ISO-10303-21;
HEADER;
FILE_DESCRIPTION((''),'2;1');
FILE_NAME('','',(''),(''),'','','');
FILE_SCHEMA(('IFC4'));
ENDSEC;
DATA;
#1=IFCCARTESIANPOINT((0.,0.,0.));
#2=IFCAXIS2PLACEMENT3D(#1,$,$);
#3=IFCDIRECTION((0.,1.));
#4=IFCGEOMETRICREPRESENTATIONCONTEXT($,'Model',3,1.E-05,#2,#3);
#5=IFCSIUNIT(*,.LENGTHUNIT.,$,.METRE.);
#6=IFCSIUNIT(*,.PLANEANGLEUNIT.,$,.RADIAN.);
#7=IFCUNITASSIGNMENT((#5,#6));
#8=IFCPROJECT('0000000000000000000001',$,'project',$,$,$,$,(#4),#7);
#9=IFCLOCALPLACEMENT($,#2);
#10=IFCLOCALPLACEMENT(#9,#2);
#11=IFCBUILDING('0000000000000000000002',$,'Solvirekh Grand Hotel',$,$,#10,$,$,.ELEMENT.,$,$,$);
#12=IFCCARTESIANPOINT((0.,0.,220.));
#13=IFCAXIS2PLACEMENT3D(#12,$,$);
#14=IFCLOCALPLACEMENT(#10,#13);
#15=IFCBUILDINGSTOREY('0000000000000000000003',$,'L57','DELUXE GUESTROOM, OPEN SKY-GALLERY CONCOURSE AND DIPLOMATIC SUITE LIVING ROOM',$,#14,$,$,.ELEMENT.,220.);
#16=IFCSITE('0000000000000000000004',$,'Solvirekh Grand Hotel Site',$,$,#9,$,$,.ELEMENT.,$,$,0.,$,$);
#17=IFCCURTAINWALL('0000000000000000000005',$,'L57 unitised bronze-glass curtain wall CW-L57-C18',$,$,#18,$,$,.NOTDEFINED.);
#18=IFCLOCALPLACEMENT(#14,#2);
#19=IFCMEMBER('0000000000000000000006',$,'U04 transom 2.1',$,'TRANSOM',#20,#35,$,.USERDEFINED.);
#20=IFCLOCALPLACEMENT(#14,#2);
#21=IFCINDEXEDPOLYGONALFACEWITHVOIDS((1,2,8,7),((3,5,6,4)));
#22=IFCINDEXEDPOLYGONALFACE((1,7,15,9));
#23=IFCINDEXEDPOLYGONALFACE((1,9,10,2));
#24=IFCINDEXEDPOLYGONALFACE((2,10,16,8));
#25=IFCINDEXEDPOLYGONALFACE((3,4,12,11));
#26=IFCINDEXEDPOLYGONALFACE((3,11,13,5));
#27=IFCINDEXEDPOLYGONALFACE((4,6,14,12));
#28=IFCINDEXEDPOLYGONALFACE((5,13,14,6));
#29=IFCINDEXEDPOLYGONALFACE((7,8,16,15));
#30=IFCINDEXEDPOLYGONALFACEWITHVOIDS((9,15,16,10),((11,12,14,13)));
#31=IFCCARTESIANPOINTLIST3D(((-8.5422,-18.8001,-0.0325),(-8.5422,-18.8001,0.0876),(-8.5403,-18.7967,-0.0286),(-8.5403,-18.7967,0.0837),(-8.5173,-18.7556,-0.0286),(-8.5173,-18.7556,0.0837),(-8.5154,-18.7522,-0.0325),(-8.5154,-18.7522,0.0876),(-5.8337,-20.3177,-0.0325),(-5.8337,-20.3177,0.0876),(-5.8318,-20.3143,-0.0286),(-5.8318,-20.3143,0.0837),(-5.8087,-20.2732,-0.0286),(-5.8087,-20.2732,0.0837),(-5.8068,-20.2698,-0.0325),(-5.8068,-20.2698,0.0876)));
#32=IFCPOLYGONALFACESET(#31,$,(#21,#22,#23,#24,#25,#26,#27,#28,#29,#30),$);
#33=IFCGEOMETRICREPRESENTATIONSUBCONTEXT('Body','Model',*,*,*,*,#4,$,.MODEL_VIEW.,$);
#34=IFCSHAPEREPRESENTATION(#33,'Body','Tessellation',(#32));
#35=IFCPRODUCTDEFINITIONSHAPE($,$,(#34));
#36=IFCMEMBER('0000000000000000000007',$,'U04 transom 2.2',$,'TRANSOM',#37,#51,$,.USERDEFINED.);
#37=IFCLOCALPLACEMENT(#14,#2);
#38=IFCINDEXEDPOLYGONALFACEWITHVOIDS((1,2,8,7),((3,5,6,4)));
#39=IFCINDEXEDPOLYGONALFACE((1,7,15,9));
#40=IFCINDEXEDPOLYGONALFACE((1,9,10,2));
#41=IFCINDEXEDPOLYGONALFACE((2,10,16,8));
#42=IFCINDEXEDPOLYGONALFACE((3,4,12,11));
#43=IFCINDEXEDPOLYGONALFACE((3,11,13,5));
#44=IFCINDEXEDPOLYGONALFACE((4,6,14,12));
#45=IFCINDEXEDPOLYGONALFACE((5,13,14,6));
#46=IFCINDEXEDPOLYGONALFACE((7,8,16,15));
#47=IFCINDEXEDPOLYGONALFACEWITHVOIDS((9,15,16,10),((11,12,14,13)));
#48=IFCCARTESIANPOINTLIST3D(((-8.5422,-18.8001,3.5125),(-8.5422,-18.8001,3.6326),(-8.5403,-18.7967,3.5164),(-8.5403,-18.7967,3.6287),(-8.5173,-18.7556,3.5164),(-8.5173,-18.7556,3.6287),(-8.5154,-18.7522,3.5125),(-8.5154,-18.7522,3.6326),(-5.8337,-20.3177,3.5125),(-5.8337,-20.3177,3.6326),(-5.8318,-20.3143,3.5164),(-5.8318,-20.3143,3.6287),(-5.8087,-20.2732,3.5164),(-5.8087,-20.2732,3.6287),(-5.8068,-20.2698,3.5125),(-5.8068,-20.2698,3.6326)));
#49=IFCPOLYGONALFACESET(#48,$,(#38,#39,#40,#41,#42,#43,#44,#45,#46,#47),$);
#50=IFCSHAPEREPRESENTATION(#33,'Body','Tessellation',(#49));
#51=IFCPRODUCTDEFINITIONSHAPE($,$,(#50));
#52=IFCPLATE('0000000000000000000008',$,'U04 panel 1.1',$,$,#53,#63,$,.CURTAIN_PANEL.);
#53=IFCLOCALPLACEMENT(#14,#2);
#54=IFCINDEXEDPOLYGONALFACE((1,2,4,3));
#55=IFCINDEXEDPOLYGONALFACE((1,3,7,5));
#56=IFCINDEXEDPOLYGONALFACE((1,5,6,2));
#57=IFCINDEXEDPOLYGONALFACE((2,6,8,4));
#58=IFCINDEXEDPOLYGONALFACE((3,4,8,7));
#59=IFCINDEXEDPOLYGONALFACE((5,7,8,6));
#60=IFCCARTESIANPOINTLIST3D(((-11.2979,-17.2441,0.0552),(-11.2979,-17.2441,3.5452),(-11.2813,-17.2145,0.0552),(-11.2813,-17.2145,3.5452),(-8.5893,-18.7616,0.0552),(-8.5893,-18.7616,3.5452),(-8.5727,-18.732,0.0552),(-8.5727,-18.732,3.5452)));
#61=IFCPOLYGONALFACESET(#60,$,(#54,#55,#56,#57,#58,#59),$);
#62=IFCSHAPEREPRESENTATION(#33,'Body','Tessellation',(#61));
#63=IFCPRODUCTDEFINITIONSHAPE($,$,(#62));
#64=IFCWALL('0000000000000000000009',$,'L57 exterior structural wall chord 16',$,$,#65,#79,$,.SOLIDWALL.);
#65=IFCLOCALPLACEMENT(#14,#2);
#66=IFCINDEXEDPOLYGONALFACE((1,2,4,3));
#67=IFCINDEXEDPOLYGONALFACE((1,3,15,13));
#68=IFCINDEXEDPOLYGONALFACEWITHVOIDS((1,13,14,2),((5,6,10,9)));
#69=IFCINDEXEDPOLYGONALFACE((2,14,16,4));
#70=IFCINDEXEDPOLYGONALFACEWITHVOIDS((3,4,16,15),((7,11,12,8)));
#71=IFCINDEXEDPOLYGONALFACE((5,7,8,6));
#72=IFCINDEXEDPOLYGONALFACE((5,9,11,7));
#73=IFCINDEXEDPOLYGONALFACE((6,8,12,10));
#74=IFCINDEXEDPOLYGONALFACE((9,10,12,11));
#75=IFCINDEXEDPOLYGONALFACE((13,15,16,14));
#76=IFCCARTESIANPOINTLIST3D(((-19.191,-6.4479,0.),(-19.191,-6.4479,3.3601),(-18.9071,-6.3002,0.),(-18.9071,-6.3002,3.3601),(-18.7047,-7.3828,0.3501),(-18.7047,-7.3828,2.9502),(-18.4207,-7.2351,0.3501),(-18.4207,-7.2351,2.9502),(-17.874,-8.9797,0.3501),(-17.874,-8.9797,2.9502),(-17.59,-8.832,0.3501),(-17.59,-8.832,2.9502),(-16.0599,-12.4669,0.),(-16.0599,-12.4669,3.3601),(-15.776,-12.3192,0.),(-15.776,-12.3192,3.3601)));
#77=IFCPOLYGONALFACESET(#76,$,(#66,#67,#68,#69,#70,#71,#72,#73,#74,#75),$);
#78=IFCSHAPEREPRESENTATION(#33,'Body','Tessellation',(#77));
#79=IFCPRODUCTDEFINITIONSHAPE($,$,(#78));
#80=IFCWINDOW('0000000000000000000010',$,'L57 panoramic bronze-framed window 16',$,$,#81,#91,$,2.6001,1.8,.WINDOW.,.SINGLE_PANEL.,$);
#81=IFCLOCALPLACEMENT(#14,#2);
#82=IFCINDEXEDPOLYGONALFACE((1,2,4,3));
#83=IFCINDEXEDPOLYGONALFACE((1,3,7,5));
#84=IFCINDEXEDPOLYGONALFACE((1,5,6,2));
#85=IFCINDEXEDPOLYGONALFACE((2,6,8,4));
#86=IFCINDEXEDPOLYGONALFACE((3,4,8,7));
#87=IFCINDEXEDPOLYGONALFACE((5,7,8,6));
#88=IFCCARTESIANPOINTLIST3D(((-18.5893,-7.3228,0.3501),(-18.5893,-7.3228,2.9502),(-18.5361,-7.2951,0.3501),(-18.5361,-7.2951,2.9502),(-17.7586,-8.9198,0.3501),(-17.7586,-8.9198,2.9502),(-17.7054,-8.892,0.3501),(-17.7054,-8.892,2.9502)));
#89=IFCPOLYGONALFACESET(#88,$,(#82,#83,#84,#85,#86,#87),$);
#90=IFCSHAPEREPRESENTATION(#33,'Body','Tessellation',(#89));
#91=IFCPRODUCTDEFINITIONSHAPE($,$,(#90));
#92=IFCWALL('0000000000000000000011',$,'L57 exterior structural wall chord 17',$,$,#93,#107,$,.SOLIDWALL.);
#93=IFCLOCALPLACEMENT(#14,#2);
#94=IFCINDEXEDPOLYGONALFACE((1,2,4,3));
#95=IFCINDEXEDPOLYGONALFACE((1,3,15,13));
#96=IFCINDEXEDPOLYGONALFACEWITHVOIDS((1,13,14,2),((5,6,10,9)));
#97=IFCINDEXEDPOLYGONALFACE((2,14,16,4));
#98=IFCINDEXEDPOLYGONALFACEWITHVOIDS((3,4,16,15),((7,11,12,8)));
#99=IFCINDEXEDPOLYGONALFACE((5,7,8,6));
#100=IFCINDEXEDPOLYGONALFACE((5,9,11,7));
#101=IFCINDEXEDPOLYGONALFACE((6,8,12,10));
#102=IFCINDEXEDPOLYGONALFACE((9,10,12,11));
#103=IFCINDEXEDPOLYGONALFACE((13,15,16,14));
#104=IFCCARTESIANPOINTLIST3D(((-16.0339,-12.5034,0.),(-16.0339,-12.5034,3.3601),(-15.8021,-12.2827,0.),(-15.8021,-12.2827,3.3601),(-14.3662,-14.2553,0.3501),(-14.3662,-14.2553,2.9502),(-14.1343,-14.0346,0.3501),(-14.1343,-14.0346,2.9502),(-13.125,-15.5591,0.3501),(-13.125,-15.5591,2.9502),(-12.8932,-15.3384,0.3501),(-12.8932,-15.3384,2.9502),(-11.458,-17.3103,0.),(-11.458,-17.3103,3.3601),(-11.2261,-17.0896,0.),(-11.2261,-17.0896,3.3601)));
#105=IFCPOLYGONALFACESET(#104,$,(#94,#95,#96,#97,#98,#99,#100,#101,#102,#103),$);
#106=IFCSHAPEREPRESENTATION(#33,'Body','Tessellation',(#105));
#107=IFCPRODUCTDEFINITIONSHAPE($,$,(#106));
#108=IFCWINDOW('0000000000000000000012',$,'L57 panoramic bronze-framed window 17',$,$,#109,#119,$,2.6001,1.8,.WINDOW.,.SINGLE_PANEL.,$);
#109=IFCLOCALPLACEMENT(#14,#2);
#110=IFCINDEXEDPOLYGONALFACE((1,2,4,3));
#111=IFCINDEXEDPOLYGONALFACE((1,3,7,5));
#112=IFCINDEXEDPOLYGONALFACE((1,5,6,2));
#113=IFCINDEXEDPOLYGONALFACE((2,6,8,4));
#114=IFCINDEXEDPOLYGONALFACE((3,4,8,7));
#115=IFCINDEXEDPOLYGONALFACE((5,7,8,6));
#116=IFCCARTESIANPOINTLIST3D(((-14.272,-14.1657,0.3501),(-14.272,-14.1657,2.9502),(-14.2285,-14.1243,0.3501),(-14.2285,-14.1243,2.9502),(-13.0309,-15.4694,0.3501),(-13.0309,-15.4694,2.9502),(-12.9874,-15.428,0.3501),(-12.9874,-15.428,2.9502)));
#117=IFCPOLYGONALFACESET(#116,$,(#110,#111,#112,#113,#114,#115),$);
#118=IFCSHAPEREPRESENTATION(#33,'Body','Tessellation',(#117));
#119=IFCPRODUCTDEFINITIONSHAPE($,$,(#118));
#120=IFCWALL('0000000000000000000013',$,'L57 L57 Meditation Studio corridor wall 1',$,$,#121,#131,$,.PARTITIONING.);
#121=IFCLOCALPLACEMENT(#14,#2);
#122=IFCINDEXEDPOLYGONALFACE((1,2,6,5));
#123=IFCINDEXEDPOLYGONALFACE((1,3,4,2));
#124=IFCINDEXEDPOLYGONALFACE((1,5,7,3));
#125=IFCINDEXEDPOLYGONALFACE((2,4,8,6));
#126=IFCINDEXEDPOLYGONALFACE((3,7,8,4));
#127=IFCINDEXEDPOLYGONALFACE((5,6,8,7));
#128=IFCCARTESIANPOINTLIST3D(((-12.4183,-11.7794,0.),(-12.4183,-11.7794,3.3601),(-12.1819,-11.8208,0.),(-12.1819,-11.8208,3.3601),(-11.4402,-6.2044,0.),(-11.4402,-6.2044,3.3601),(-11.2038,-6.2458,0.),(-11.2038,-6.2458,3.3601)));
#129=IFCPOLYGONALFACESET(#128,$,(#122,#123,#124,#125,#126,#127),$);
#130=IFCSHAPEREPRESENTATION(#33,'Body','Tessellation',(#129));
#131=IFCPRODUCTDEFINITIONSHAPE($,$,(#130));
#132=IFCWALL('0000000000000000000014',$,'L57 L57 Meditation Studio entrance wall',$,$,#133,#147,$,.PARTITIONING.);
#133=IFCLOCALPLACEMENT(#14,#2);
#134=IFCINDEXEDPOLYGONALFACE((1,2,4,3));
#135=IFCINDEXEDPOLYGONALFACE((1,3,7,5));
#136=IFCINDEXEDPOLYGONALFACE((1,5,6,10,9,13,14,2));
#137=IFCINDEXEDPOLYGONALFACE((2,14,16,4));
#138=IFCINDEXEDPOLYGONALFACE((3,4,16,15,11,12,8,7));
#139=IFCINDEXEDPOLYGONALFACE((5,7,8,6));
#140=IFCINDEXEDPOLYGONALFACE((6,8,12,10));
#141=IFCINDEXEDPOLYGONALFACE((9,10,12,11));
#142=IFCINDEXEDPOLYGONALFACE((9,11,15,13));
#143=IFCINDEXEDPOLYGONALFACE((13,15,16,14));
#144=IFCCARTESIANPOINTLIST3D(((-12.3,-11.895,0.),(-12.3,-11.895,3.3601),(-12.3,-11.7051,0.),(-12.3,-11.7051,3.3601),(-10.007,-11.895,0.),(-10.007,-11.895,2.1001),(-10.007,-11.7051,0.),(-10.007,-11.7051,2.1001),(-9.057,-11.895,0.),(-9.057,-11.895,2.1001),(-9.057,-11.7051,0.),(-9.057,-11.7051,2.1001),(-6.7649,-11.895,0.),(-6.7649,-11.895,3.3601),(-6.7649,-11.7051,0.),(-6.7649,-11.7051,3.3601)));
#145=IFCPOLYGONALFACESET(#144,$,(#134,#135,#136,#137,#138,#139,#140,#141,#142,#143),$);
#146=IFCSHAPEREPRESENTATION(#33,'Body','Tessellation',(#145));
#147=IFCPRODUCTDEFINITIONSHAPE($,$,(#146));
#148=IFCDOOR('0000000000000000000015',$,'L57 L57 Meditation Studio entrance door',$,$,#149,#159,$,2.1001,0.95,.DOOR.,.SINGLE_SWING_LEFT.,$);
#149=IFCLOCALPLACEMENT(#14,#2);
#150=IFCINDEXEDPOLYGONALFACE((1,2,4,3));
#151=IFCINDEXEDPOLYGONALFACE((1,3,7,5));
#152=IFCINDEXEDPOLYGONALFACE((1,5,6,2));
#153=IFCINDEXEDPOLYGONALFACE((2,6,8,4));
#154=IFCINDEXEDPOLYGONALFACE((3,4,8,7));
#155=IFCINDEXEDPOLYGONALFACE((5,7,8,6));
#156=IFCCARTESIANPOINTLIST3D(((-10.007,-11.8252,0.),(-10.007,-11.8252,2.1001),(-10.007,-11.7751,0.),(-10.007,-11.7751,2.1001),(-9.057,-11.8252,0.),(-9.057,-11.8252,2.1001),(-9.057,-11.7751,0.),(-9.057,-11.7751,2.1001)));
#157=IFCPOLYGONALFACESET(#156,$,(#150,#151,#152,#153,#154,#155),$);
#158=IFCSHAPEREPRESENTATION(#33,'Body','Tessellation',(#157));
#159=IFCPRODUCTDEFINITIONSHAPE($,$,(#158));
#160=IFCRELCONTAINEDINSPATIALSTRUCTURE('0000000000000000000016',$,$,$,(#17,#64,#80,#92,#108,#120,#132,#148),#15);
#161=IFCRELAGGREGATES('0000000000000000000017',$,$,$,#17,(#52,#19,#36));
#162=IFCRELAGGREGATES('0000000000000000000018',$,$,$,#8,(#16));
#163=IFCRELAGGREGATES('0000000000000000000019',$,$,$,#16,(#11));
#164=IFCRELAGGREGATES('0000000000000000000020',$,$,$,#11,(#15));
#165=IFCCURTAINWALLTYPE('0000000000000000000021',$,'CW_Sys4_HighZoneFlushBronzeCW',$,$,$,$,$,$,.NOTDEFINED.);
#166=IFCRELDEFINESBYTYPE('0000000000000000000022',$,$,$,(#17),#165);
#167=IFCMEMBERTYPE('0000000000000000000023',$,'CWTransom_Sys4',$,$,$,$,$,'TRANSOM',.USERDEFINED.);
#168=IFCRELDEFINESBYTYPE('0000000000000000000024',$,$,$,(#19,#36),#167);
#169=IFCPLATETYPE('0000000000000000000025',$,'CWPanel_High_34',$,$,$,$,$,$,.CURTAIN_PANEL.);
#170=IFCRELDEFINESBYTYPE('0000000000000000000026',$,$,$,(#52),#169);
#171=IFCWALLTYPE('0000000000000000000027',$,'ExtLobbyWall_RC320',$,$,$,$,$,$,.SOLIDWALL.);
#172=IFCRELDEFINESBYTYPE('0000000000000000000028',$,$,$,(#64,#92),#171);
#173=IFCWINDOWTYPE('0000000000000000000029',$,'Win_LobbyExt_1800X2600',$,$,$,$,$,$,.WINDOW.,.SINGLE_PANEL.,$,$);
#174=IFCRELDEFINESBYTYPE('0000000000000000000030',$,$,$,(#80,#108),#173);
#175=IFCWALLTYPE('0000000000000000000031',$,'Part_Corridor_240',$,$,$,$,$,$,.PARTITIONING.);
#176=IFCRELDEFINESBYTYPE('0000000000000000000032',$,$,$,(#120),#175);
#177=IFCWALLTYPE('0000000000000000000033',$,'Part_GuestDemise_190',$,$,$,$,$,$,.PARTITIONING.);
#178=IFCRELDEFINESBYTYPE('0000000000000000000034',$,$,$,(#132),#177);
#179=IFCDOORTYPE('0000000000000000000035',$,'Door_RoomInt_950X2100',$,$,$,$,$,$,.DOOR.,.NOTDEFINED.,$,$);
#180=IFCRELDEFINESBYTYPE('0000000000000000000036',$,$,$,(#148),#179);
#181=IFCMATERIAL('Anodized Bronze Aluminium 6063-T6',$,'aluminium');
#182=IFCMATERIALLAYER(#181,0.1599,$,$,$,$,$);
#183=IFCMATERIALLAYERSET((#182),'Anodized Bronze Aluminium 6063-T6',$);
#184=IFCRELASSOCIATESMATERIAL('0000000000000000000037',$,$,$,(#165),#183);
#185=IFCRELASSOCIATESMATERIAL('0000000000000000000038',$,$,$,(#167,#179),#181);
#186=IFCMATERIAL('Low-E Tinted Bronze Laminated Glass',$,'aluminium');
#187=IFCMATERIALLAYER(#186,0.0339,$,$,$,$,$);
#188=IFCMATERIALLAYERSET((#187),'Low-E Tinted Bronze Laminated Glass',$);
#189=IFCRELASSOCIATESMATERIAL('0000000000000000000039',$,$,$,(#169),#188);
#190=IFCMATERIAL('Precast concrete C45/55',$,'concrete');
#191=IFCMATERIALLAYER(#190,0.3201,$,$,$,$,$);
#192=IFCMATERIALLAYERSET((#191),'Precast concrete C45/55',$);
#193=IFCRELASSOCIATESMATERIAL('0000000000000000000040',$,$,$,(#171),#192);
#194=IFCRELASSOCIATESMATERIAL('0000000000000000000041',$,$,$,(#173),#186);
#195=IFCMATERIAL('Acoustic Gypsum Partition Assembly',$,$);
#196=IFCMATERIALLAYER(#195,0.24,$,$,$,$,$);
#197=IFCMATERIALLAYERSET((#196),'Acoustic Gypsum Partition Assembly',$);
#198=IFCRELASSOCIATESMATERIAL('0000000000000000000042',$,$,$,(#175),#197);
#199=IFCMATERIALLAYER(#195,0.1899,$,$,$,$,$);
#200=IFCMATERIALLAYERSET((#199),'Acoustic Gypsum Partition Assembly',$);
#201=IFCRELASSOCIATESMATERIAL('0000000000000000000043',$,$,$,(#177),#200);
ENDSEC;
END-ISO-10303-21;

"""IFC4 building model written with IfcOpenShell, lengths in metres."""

from ifc_helpers import new_model, si_unit, direction, frame, frame_2d, origin, origin_2d, place, context, subcontext, project, spatial, rectangle, hollow_rectangle, extrude, source, transform, mapped, material, layer, layer_set, material_profile, profile_set, type_object, element, fill, aggregate, save


model = new_model("IFC4")

# Units and contexts
model_context = context("Model", 3, precision=1e-05, world=origin(), true_north=direction((0.0, 1.0)))
body_context = subcontext(model_context, "Body", "Model", "MODEL_VIEW")
ifc_project = project(units=[si_unit("LENGTHUNIT", "METRE"), si_unit("PLANEANGLEUNIT", "RADIAN")], contexts=[model_context])

# Site, building, storey
site_placement = place(None, origin())
site = spatial("IfcSite", under=ifc_project, at=site_placement, Name="Solvirekh Grand Hotel Site", CompositionType="ELEMENT", RefElevation=0.0)
building_placement = place(site_placement, origin())
building = spatial("IfcBuilding", under=site, at=building_placement, Name="Solvirekh Grand Hotel", CompositionType="ELEMENT")
storey_placement = place(building_placement, frame((0.0, 0.0, 220.0)))
storey = spatial("IfcBuildingStorey", under=building, at=storey_placement, Name="L57", Description="DELUXE GUESTROOM, OPEN SKY-GALLERY CONCOURSE AND DIPLOMATIC SUITE LIVING ROOM", CompositionType="ELEMENT", Elevation=220.0)

# Shared definitions
ifc_material_1 = material(Name="Anodized Bronze Aluminium 6063-T6", Category="aluminium")
ifc_layer_1 = layer(ifc_material_1, 0.1599)
ifc_layer_set_1 = layer_set([ifc_layer_1], Name="Anodized Bronze Aluminium 6063-T6")
curtain_wall_type = type_object("IfcCurtainWallType", Name="CW_Sys4_HighZoneFlushBronzeCW", PredefinedType="NOTDEFINED", material=ifc_layer_set_1)

# Curtain wall, members, plate
curtain_wall_1_placement = place(storey_placement, origin())
curtain_wall_1 = element("IfcCurtainWall", 1, at=curtain_wall_1_placement, inside=storey, type_object=curtain_wall_type, Name="L57 unitised bronze-glass curtain wall CW-L57-C18", PredefinedType="NOTDEFINED")
ifc_material_profile_1 = material_profile(ifc_material_1, hollow_rectangle(XDim=0.0549, YDim=0.1201, WallThickness=0.0039, at=origin_2d()), Name="ALU RHS 120X55X4")
ifc_profile_set_1 = profile_set([ifc_material_profile_1], Name="Anodized Bronze Aluminium 6063-T6")
member_type_1 = type_object("IfcMemberType", Name="CWTransom_Sys4", ElementType="TRANSOM", PredefinedType="USERDEFINED", material=ifc_profile_set_1)
shared_shape_1 = source(origin(), body_context, "Body", "SweptSolid", [
    extrude(hollow_rectangle(XDim=0.0549, YDim=0.1201, WallThickness=0.0039, at=origin_2d()), origin(), (0.0, 0.0, 1.0), 3.1047),
])
member_1_placement = place(storey_placement, frame((-8.5288, -18.7761, 0.0276), z_axis=(0.872393, -0.488804, 0.0), x_axis=(0.488804, 0.872393, 0.0)))
member_1 = element("IfcMember", 2, at=member_1_placement, type_object=member_type_1, Name="U04 transom 2.1", ObjectType="TRANSOM", PredefinedType="USERDEFINED", context=body_context, shape_type="MappedRepresentation", body=[
    mapped(shared_shape_1, transform((0.0, 0.0, 0.0), x_axis=(1.0, 0.0, 0.0), y_axis=(0.0, 1.0, 0.0), z_axis=(0.0, 0.0, 1.0), scale=1.0)),
])
member_2_placement = place(storey_placement, frame((-8.5288, -18.7761, 3.5725), z_axis=(0.872393, -0.488804, 0.0), x_axis=(0.488804, 0.872393, 0.0)))
member_2 = element("IfcMember", 3, at=member_2_placement, type_object=member_type_1, Name="U04 transom 2.2", ObjectType="TRANSOM", PredefinedType="USERDEFINED", context=body_context, shape_type="MappedRepresentation", body=[
    mapped(shared_shape_1, transform((0.0, 0.0, 0.0), x_axis=(1.0, 0.0, 0.0), y_axis=(0.0, 1.0, 0.0), z_axis=(0.0, 0.0, 1.0), scale=1.0)),
])
ifc_material_2 = material(Name="Low-E Tinted Bronze Laminated Glass", Category="aluminium")
ifc_layer_2 = layer(ifc_material_2, 0.0339)
ifc_layer_set_2 = layer_set([ifc_layer_2], Name="Low-E Tinted Bronze Laminated Glass")
plate_type = type_object("IfcPlateType", Name="CWPanel_High_34", PredefinedType="CURTAIN_PANEL", material=ifc_layer_set_2)
shared_shape_2 = source(origin(), body_context, "Body", "SweptSolid", [
    extrude(rectangle(XDim=3.1047, YDim=0.0339, at=origin_2d()), origin(), (0.0, 0.0, 1.0), 3.49),
])
plate_placement = place(storey_placement, frame((-9.9353, -17.988, 0.0552), z_axis=(0.0, 0.0, 1.0), x_axis=(0.872402, -0.488789, 0.0)))
plate = element("IfcPlate", 4, at=plate_placement, type_object=plate_type, Name="U04 panel 1.1", PredefinedType="CURTAIN_PANEL", context=body_context, shape_type="MappedRepresentation", body=[
    mapped(shared_shape_2, transform((0.0, 0.0, 0.0), x_axis=(1.0, 0.0, 0.0), y_axis=(0.0, 1.0, 0.0), z_axis=(0.0, 0.0, 1.0), scale=1.0)),
])
aggregate(curtain_wall_1, [plate, member_1, member_2])

# Walls, openings, windows
ifc_material_3 = material(Name="Precast concrete C45/55", Category="concrete")
ifc_layer_3 = layer(ifc_material_3, 0.3201)
ifc_layer_set_3 = layer_set([ifc_layer_3], Name="Precast concrete C45/55")
wall_type_1 = type_object("IfcWallType", Name="ExtLobbyWall_RC320", PredefinedType="SOLIDWALL", material=ifc_layer_set_3)
wall_1_placement = place(storey_placement, frame((-15.918, -12.3931, 0.0), z_axis=(0.0, 0.0, 1.0), x_axis=(-0.461492, 0.887144, 0.0)))
wall_1 = element("IfcWall", 5, at=wall_1_placement, inside=storey, type_object=wall_type_1, Name="L57 exterior structural wall chord 16", PredefinedType="SOLIDWALL", context=body_context, shape_type="SweptSolid", body=[
    extrude(rectangle(XDim=6.7847, YDim=0.3201, at=frame_2d((3.3923, 0.0))), origin(), (0.0, 0.0, 1.0), 3.3601),
])
opening_1_placement = place(wall_1_placement, frame((3.9309, 0.0, 0.3501)))
opening_1 = element("IfcOpeningElement", 6, at=opening_1_placement, cuts=wall_1, PredefinedType="OPENING", context=body_context, shape_type="SweptSolid", body=[
    extrude(rectangle(XDim=1.8, YDim=2.6001, at=frame_2d((0.8999, 1.3))), frame((0.0, 0.1699, 0.0), z_axis=(0.0, -1.0, 0.0), x_axis=(1.0, 0.0, 0.0)), (0.0, 0.0, 1.0), 0.3401),
])
window_type = type_object("IfcWindowType", Name="Win_LobbyExt_1800X2600", PartitioningType="SINGLE_PANEL", PredefinedType="WINDOW", material=ifc_material_2)
window_1_placement = place(opening_1_placement, origin())
window_1 = element("IfcWindow", 7, at=window_1_placement, inside=storey, type_object=window_type, Name="L57 panoramic bronze-framed window 16", OverallHeight=2.6001, OverallWidth=1.8, PartitioningType="SINGLE_PANEL", PredefinedType="WINDOW", context=body_context, shape_type="SweptSolid", body=[
    extrude(rectangle(XDim=1.8, YDim=2.6001, at=frame_2d((0.8999, 1.3))), frame((0.0, 0.03, 0.0), z_axis=(0.0, -1.0, 0.0), x_axis=(1.0, 0.0, 0.0)), (0.0, 0.0, 1.0), 0.0601),
])
fill(opening_1, window_1)
wall_2_placement = place(storey_placement, frame((-11.342, -17.2, 0.0), z_axis=(0.0, 0.0, 1.0), x_axis=(-0.689493, 0.724293, 0.0)))
wall_2 = element("IfcWall", 8, at=wall_2_placement, inside=storey, type_object=wall_type_1, Name="L57 exterior structural wall chord 17", PredefinedType="SOLIDWALL", context=body_context, shape_type="SweptSolid", body=[
    extrude(rectangle(XDim=6.6367, YDim=0.3201, at=frame_2d((3.3184, 0.0))), origin(), (0.0, 0.0, 1.0), 3.3601),
])
opening_2_placement = place(wall_2_placement, frame((2.418, 0.0, 0.3501)))
opening_2 = element("IfcOpeningElement", 9, at=opening_2_placement, cuts=wall_2, PredefinedType="OPENING", context=body_context, shape_type="SweptSolid", body=[
    extrude(rectangle(XDim=1.8, YDim=2.6001, at=frame_2d((0.8999, 1.3))), frame((0.0, 0.1699, 0.0), z_axis=(0.0, -1.0, 0.0), x_axis=(1.0, 0.0, 0.0)), (0.0, 0.0, 1.0), 0.3401),
])
window_2_placement = place(opening_2_placement, origin())
window_2 = element("IfcWindow", 10, at=window_2_placement, inside=storey, type_object=window_type, Name="L57 panoramic bronze-framed window 17", OverallHeight=2.6001, OverallWidth=1.8, PartitioningType="SINGLE_PANEL", PredefinedType="WINDOW", context=body_context, shape_type="SweptSolid", body=[
    extrude(rectangle(XDim=1.8, YDim=2.6001, at=frame_2d((0.8999, 1.3))), frame((0.0, 0.03, 0.0), z_axis=(0.0, -1.0, 0.0), x_axis=(1.0, 0.0, 0.0)), (0.0, 0.0, 1.0), 0.0601),
])
fill(opening_2, window_2)

# Wall
ifc_material_4 = material(Name="Acoustic Gypsum Partition Assembly")
ifc_layer_4 = layer(ifc_material_4, 0.24)
ifc_layer_set_4 = layer_set([ifc_layer_4], Name="Acoustic Gypsum Partition Assembly")
wall_type_2 = type_object("IfcWallType", Name="Part_Corridor_240", PredefinedType="PARTITIONING", material=ifc_layer_set_4)
wall_3_placement = place(storey_placement, frame((-11.322, -6.2251, 0.0), z_axis=(0.0, 0.0, 1.0), x_axis=(-0.172794, -0.984958, 0.0)))
element("IfcWall", 11, at=wall_3_placement, inside=storey, type_object=wall_type_2, Name="L57 L57 Meditation Studio corridor wall 1", PredefinedType="PARTITIONING", context=body_context, shape_type="SweptSolid", body=[
    extrude(rectangle(XDim=5.6602, YDim=0.24, at=frame_2d((2.8301, 0.0))), origin(), (0.0, 0.0, 1.0), 3.3601),
])

# Wall, opening, door
ifc_layer_5 = layer(ifc_material_4, 0.1899)
ifc_layer_set_5 = layer_set([ifc_layer_5], Name="Acoustic Gypsum Partition Assembly")
wall_type_3 = type_object("IfcWallType", Name="Part_GuestDemise_190", PredefinedType="PARTITIONING", material=ifc_layer_set_5)
wall_4_placement = place(storey_placement, frame((-12.3, -11.8, 0.0), z_axis=(0.0, 0.0, 1.0), x_axis=(1.0, 0.0, 0.0)))
wall_4 = element("IfcWall", 12, at=wall_4_placement, inside=storey, type_object=wall_type_3, Name="L57 L57 Meditation Studio entrance wall", PredefinedType="PARTITIONING", context=body_context, shape_type="SweptSolid", body=[
    extrude(rectangle(XDim=5.5352, YDim=0.1899, at=frame_2d((2.7676, 0.0))), origin(), (0.0, 0.0, 1.0), 3.3601),
])
opening_3_placement = place(wall_4_placement, frame((2.293, 0.0, 0.0)))
opening_3 = element("IfcOpeningElement", 13, at=opening_3_placement, cuts=wall_4, PredefinedType="OPENING", context=body_context, shape_type="SweptSolid", body=[
    extrude(rectangle(XDim=0.95, YDim=2.1001, at=frame_2d((0.4751, 1.05))), frame((0.0, 0.105, 0.0), z_axis=(0.0, -1.0, 0.0), x_axis=(1.0, 0.0, 0.0)), (0.0, 0.0, 1.0), 0.21),
])
door_type = type_object("IfcDoorType", Name="Door_RoomInt_950X2100", OperationType="NOTDEFINED", PredefinedType="DOOR", material=ifc_material_1)
door_placement = place(opening_3_placement, origin())
door = element("IfcDoor", 14, at=door_placement, inside=storey, type_object=door_type, Name="L57 L57 Meditation Studio entrance door", OperationType="SINGLE_SWING_LEFT", OverallHeight=2.1001, OverallWidth=0.95, PredefinedType="DOOR", context=body_context, shape_type="SweptSolid", body=[
    extrude(rectangle(XDim=0.95, YDim=2.1001, at=frame_2d((0.4751, 1.05))), frame((0.0, 0.0249, 0.0), z_axis=(0.0, -1.0, 0.0), x_axis=(1.0, 0.0, 0.0)), (0.0, 0.0, 1.0), 0.05),
])
fill(opening_3, door)

save(model, "model.ifc")
